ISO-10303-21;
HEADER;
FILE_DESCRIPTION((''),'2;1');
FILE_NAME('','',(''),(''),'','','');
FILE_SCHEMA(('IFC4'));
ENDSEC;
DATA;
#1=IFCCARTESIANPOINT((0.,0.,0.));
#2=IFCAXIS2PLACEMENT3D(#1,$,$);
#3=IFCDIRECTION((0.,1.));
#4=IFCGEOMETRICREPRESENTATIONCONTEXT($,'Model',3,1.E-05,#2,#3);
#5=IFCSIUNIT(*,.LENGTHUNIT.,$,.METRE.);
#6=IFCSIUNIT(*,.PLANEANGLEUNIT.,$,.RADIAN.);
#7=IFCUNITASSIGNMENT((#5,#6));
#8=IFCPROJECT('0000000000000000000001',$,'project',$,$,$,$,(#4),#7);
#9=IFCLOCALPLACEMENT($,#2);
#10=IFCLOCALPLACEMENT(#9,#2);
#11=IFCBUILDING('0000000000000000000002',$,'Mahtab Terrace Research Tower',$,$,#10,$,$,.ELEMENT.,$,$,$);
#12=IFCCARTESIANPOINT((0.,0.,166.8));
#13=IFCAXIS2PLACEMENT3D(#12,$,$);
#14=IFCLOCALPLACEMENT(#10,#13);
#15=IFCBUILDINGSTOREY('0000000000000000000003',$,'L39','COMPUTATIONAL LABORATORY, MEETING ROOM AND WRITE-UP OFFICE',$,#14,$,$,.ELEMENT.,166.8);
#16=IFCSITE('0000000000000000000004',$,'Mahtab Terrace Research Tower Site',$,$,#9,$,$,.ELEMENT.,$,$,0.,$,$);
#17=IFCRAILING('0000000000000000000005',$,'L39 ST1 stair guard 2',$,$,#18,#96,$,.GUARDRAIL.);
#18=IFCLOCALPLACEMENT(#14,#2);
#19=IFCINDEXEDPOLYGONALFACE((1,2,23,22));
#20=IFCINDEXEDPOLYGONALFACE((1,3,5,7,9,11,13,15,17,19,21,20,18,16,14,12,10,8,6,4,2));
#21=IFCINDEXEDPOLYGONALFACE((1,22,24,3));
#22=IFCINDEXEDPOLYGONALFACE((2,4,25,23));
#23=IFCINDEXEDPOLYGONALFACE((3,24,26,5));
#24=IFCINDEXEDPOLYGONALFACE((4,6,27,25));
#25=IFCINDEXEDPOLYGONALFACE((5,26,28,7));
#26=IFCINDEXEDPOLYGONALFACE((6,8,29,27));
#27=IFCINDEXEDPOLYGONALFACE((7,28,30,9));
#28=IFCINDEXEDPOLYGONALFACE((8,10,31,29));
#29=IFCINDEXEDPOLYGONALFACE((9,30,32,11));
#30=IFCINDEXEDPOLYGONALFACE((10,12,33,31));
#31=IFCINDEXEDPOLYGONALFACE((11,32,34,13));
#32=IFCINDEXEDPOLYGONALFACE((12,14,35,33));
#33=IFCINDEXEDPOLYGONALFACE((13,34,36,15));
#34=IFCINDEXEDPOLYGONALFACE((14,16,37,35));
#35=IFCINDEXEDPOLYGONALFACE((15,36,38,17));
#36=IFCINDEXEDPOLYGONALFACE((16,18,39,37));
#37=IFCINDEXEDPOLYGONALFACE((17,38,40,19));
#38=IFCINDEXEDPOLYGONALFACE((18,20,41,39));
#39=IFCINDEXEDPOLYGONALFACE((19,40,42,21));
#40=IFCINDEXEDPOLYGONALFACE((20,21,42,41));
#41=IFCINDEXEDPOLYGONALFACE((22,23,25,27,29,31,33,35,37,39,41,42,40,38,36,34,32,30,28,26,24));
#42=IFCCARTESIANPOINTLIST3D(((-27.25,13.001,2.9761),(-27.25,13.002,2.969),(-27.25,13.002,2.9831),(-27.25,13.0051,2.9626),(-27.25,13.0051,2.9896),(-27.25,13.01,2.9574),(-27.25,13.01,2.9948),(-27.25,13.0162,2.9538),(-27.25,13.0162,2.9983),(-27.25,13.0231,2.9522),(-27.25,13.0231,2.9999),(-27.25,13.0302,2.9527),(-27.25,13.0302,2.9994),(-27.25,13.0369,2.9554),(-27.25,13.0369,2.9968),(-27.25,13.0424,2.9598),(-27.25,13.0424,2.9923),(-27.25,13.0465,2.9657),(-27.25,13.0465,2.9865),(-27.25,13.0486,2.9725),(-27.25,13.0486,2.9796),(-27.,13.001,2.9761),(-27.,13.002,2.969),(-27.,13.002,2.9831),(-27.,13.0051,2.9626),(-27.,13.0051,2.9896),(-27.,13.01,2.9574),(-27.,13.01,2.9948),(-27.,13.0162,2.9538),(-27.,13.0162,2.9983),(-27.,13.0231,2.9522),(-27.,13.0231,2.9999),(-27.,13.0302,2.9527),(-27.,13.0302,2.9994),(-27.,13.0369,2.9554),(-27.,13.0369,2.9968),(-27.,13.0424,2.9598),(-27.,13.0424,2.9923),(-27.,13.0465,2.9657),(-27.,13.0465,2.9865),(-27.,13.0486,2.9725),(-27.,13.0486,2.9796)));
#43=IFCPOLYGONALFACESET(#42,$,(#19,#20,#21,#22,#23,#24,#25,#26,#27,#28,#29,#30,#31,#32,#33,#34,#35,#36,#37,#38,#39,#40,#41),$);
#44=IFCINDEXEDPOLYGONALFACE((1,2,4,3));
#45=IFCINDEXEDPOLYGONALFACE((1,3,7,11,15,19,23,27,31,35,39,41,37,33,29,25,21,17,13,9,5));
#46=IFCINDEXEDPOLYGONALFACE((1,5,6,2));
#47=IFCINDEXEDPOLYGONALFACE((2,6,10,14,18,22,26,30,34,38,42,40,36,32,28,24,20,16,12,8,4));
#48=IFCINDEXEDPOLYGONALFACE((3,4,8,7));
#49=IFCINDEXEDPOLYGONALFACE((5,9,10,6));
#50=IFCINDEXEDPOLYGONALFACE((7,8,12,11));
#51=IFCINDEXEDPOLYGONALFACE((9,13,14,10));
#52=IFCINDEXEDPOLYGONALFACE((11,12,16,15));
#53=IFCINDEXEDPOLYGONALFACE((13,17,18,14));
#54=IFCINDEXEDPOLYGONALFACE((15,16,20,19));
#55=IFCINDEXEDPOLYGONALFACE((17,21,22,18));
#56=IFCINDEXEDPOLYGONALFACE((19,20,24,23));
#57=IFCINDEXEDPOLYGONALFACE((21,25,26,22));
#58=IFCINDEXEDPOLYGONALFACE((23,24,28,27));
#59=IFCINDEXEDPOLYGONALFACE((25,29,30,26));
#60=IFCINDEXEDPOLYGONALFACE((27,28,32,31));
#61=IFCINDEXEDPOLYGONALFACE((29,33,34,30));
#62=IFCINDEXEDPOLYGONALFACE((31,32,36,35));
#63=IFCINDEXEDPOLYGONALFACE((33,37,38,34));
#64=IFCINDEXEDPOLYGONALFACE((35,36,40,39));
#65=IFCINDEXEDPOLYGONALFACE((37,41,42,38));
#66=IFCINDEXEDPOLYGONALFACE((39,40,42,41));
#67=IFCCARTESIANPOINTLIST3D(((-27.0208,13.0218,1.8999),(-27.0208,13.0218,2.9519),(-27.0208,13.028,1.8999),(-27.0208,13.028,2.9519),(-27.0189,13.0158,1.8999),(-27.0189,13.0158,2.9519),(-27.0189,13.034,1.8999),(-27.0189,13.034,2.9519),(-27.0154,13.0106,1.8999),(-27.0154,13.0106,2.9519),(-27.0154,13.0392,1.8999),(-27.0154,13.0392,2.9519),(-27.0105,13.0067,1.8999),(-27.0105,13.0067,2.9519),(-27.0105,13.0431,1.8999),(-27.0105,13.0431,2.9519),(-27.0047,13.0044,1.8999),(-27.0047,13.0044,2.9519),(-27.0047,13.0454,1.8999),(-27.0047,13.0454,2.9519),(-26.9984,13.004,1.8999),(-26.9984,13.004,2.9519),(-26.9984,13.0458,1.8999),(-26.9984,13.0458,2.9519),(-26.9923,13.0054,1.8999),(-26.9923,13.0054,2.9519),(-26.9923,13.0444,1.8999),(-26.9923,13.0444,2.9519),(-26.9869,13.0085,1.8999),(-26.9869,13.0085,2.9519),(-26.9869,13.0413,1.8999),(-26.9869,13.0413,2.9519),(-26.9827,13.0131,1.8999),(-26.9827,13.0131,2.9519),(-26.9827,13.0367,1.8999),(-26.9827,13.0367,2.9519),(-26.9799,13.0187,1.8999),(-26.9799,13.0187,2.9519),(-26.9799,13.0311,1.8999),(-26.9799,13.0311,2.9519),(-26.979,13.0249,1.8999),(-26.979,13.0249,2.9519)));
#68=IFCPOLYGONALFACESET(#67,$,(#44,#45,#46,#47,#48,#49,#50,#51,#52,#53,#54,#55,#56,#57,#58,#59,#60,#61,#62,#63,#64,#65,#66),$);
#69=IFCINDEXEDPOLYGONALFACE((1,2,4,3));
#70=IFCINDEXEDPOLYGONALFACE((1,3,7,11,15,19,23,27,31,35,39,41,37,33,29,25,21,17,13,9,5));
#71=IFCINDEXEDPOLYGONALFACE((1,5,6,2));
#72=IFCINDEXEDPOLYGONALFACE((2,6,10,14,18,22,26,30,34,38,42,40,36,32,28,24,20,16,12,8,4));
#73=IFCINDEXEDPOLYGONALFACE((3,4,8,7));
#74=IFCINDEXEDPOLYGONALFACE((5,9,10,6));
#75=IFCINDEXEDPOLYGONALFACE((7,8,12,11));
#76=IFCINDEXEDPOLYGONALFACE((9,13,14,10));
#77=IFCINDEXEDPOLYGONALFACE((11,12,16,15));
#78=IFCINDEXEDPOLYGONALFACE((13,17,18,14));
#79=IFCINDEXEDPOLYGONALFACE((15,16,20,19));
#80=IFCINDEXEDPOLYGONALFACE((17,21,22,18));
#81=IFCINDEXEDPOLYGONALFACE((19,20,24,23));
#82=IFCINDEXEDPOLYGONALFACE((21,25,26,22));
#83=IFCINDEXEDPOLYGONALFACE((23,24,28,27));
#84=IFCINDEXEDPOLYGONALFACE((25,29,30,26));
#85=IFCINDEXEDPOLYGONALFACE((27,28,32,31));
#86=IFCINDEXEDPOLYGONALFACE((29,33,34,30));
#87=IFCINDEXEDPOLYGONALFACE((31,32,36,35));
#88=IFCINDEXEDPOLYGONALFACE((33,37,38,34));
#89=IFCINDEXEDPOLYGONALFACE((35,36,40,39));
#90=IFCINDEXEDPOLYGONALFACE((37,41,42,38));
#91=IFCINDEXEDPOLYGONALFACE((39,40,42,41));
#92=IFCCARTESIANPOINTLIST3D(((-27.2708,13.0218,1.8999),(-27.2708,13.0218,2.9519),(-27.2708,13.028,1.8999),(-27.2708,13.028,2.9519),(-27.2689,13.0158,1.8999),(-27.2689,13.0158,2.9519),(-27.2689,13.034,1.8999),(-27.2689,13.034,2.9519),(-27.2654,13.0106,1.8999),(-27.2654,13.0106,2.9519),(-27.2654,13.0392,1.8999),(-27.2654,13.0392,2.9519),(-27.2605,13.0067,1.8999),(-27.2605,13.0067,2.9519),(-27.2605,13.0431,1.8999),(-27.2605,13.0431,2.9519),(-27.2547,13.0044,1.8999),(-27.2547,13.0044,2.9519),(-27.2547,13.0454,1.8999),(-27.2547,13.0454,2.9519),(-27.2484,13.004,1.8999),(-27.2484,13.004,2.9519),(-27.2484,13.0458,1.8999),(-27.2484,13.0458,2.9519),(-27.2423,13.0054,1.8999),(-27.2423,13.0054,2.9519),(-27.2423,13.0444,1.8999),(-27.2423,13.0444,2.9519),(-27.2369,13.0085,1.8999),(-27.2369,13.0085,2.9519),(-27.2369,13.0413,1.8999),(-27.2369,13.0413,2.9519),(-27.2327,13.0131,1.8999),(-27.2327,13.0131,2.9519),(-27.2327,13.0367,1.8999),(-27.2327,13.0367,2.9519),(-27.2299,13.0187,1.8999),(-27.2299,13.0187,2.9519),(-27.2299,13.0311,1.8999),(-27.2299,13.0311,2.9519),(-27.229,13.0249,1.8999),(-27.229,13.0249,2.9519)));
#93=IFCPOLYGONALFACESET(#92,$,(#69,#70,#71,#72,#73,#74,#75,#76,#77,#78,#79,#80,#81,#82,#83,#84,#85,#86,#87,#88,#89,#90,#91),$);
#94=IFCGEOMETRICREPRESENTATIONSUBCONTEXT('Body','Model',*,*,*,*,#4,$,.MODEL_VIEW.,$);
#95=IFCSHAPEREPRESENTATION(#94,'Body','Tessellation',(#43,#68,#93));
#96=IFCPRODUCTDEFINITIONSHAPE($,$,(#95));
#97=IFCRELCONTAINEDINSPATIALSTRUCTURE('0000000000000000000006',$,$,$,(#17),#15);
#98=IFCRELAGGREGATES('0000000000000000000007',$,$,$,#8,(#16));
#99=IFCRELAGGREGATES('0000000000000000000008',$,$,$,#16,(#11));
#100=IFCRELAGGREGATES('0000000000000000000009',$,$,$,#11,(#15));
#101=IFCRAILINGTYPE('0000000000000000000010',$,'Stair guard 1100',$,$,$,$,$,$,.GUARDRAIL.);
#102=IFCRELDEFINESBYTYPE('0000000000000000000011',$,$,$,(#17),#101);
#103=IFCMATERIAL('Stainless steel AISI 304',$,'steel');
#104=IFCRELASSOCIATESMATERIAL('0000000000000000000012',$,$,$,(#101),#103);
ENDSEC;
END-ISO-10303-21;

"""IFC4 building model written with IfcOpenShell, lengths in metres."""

from ifc_helpers import new_model, si_unit, direction, frame, origin, origin_2d, place, context, subcontext, project, spatial, circle, extrude, material, type_object, element, save


model = new_model("IFC4")

# Units and contexts
model_context = context("Model", 3, precision=1e-05, world=origin(), true_north=direction((0.0, 1.0)))
body_context = subcontext(model_context, "Body", "Model", "MODEL_VIEW")
ifc_project = project(units=[si_unit("LENGTHUNIT", "METRE"), si_unit("PLANEANGLEUNIT", "RADIAN")], contexts=[model_context])

# Site, building, storey
site_placement = place(None, origin())
site = spatial("IfcSite", under=ifc_project, at=site_placement, Name="Mahtab Terrace Research Tower Site", CompositionType="ELEMENT", RefElevation=0.0)
building_placement = place(site_placement, origin())
building = spatial("IfcBuilding", under=site, at=building_placement, Name="Mahtab Terrace Research Tower", CompositionType="ELEMENT")
storey_placement = place(building_placement, frame((0.0, 0.0, 166.8)))
storey = spatial("IfcBuildingStorey", under=building, at=storey_placement, Name="L39", Description="COMPUTATIONAL LABORATORY, MEETING ROOM AND WRITE-UP OFFICE", CompositionType="ELEMENT", Elevation=166.8)

# Railing
ifc_material_1 = material(Name="Stainless steel AISI 304", Category="steel")
railing_type_1 = type_object("IfcRailingType", Name="Stair guard 1100", PredefinedType="GUARDRAIL", material=ifc_material_1)
railing_1_placement = place(storey_placement, frame((-27.0, 13.0249, 1.8999)))
element("IfcRailing", 1, at=railing_1_placement, inside=storey, type_object=railing_type_1, Name="L39 ST1 stair guard 2", PredefinedType="GUARDRAIL", context=body_context, shape_type="SweptSolid", body=[
    extrude(circle(Radius=0.0239, at=origin_2d()), frame((0.0, 0.0, 1.0762), z_axis=(-1.0, 0.0, 0.0), x_axis=(0.0, -1.0, 0.0)), (0.0, 0.0, 1.0), 0.25),
    extrude(circle(Radius=0.021, at=origin_2d()), origin(), (0.0, 0.0, 1.0), 1.052),
    extrude(circle(Radius=0.021, at=origin_2d()), frame((-0.25, 0.0, 0.0)), (0.0, 0.0, 1.0), 1.052),
])

save(model, "model.ifc")
